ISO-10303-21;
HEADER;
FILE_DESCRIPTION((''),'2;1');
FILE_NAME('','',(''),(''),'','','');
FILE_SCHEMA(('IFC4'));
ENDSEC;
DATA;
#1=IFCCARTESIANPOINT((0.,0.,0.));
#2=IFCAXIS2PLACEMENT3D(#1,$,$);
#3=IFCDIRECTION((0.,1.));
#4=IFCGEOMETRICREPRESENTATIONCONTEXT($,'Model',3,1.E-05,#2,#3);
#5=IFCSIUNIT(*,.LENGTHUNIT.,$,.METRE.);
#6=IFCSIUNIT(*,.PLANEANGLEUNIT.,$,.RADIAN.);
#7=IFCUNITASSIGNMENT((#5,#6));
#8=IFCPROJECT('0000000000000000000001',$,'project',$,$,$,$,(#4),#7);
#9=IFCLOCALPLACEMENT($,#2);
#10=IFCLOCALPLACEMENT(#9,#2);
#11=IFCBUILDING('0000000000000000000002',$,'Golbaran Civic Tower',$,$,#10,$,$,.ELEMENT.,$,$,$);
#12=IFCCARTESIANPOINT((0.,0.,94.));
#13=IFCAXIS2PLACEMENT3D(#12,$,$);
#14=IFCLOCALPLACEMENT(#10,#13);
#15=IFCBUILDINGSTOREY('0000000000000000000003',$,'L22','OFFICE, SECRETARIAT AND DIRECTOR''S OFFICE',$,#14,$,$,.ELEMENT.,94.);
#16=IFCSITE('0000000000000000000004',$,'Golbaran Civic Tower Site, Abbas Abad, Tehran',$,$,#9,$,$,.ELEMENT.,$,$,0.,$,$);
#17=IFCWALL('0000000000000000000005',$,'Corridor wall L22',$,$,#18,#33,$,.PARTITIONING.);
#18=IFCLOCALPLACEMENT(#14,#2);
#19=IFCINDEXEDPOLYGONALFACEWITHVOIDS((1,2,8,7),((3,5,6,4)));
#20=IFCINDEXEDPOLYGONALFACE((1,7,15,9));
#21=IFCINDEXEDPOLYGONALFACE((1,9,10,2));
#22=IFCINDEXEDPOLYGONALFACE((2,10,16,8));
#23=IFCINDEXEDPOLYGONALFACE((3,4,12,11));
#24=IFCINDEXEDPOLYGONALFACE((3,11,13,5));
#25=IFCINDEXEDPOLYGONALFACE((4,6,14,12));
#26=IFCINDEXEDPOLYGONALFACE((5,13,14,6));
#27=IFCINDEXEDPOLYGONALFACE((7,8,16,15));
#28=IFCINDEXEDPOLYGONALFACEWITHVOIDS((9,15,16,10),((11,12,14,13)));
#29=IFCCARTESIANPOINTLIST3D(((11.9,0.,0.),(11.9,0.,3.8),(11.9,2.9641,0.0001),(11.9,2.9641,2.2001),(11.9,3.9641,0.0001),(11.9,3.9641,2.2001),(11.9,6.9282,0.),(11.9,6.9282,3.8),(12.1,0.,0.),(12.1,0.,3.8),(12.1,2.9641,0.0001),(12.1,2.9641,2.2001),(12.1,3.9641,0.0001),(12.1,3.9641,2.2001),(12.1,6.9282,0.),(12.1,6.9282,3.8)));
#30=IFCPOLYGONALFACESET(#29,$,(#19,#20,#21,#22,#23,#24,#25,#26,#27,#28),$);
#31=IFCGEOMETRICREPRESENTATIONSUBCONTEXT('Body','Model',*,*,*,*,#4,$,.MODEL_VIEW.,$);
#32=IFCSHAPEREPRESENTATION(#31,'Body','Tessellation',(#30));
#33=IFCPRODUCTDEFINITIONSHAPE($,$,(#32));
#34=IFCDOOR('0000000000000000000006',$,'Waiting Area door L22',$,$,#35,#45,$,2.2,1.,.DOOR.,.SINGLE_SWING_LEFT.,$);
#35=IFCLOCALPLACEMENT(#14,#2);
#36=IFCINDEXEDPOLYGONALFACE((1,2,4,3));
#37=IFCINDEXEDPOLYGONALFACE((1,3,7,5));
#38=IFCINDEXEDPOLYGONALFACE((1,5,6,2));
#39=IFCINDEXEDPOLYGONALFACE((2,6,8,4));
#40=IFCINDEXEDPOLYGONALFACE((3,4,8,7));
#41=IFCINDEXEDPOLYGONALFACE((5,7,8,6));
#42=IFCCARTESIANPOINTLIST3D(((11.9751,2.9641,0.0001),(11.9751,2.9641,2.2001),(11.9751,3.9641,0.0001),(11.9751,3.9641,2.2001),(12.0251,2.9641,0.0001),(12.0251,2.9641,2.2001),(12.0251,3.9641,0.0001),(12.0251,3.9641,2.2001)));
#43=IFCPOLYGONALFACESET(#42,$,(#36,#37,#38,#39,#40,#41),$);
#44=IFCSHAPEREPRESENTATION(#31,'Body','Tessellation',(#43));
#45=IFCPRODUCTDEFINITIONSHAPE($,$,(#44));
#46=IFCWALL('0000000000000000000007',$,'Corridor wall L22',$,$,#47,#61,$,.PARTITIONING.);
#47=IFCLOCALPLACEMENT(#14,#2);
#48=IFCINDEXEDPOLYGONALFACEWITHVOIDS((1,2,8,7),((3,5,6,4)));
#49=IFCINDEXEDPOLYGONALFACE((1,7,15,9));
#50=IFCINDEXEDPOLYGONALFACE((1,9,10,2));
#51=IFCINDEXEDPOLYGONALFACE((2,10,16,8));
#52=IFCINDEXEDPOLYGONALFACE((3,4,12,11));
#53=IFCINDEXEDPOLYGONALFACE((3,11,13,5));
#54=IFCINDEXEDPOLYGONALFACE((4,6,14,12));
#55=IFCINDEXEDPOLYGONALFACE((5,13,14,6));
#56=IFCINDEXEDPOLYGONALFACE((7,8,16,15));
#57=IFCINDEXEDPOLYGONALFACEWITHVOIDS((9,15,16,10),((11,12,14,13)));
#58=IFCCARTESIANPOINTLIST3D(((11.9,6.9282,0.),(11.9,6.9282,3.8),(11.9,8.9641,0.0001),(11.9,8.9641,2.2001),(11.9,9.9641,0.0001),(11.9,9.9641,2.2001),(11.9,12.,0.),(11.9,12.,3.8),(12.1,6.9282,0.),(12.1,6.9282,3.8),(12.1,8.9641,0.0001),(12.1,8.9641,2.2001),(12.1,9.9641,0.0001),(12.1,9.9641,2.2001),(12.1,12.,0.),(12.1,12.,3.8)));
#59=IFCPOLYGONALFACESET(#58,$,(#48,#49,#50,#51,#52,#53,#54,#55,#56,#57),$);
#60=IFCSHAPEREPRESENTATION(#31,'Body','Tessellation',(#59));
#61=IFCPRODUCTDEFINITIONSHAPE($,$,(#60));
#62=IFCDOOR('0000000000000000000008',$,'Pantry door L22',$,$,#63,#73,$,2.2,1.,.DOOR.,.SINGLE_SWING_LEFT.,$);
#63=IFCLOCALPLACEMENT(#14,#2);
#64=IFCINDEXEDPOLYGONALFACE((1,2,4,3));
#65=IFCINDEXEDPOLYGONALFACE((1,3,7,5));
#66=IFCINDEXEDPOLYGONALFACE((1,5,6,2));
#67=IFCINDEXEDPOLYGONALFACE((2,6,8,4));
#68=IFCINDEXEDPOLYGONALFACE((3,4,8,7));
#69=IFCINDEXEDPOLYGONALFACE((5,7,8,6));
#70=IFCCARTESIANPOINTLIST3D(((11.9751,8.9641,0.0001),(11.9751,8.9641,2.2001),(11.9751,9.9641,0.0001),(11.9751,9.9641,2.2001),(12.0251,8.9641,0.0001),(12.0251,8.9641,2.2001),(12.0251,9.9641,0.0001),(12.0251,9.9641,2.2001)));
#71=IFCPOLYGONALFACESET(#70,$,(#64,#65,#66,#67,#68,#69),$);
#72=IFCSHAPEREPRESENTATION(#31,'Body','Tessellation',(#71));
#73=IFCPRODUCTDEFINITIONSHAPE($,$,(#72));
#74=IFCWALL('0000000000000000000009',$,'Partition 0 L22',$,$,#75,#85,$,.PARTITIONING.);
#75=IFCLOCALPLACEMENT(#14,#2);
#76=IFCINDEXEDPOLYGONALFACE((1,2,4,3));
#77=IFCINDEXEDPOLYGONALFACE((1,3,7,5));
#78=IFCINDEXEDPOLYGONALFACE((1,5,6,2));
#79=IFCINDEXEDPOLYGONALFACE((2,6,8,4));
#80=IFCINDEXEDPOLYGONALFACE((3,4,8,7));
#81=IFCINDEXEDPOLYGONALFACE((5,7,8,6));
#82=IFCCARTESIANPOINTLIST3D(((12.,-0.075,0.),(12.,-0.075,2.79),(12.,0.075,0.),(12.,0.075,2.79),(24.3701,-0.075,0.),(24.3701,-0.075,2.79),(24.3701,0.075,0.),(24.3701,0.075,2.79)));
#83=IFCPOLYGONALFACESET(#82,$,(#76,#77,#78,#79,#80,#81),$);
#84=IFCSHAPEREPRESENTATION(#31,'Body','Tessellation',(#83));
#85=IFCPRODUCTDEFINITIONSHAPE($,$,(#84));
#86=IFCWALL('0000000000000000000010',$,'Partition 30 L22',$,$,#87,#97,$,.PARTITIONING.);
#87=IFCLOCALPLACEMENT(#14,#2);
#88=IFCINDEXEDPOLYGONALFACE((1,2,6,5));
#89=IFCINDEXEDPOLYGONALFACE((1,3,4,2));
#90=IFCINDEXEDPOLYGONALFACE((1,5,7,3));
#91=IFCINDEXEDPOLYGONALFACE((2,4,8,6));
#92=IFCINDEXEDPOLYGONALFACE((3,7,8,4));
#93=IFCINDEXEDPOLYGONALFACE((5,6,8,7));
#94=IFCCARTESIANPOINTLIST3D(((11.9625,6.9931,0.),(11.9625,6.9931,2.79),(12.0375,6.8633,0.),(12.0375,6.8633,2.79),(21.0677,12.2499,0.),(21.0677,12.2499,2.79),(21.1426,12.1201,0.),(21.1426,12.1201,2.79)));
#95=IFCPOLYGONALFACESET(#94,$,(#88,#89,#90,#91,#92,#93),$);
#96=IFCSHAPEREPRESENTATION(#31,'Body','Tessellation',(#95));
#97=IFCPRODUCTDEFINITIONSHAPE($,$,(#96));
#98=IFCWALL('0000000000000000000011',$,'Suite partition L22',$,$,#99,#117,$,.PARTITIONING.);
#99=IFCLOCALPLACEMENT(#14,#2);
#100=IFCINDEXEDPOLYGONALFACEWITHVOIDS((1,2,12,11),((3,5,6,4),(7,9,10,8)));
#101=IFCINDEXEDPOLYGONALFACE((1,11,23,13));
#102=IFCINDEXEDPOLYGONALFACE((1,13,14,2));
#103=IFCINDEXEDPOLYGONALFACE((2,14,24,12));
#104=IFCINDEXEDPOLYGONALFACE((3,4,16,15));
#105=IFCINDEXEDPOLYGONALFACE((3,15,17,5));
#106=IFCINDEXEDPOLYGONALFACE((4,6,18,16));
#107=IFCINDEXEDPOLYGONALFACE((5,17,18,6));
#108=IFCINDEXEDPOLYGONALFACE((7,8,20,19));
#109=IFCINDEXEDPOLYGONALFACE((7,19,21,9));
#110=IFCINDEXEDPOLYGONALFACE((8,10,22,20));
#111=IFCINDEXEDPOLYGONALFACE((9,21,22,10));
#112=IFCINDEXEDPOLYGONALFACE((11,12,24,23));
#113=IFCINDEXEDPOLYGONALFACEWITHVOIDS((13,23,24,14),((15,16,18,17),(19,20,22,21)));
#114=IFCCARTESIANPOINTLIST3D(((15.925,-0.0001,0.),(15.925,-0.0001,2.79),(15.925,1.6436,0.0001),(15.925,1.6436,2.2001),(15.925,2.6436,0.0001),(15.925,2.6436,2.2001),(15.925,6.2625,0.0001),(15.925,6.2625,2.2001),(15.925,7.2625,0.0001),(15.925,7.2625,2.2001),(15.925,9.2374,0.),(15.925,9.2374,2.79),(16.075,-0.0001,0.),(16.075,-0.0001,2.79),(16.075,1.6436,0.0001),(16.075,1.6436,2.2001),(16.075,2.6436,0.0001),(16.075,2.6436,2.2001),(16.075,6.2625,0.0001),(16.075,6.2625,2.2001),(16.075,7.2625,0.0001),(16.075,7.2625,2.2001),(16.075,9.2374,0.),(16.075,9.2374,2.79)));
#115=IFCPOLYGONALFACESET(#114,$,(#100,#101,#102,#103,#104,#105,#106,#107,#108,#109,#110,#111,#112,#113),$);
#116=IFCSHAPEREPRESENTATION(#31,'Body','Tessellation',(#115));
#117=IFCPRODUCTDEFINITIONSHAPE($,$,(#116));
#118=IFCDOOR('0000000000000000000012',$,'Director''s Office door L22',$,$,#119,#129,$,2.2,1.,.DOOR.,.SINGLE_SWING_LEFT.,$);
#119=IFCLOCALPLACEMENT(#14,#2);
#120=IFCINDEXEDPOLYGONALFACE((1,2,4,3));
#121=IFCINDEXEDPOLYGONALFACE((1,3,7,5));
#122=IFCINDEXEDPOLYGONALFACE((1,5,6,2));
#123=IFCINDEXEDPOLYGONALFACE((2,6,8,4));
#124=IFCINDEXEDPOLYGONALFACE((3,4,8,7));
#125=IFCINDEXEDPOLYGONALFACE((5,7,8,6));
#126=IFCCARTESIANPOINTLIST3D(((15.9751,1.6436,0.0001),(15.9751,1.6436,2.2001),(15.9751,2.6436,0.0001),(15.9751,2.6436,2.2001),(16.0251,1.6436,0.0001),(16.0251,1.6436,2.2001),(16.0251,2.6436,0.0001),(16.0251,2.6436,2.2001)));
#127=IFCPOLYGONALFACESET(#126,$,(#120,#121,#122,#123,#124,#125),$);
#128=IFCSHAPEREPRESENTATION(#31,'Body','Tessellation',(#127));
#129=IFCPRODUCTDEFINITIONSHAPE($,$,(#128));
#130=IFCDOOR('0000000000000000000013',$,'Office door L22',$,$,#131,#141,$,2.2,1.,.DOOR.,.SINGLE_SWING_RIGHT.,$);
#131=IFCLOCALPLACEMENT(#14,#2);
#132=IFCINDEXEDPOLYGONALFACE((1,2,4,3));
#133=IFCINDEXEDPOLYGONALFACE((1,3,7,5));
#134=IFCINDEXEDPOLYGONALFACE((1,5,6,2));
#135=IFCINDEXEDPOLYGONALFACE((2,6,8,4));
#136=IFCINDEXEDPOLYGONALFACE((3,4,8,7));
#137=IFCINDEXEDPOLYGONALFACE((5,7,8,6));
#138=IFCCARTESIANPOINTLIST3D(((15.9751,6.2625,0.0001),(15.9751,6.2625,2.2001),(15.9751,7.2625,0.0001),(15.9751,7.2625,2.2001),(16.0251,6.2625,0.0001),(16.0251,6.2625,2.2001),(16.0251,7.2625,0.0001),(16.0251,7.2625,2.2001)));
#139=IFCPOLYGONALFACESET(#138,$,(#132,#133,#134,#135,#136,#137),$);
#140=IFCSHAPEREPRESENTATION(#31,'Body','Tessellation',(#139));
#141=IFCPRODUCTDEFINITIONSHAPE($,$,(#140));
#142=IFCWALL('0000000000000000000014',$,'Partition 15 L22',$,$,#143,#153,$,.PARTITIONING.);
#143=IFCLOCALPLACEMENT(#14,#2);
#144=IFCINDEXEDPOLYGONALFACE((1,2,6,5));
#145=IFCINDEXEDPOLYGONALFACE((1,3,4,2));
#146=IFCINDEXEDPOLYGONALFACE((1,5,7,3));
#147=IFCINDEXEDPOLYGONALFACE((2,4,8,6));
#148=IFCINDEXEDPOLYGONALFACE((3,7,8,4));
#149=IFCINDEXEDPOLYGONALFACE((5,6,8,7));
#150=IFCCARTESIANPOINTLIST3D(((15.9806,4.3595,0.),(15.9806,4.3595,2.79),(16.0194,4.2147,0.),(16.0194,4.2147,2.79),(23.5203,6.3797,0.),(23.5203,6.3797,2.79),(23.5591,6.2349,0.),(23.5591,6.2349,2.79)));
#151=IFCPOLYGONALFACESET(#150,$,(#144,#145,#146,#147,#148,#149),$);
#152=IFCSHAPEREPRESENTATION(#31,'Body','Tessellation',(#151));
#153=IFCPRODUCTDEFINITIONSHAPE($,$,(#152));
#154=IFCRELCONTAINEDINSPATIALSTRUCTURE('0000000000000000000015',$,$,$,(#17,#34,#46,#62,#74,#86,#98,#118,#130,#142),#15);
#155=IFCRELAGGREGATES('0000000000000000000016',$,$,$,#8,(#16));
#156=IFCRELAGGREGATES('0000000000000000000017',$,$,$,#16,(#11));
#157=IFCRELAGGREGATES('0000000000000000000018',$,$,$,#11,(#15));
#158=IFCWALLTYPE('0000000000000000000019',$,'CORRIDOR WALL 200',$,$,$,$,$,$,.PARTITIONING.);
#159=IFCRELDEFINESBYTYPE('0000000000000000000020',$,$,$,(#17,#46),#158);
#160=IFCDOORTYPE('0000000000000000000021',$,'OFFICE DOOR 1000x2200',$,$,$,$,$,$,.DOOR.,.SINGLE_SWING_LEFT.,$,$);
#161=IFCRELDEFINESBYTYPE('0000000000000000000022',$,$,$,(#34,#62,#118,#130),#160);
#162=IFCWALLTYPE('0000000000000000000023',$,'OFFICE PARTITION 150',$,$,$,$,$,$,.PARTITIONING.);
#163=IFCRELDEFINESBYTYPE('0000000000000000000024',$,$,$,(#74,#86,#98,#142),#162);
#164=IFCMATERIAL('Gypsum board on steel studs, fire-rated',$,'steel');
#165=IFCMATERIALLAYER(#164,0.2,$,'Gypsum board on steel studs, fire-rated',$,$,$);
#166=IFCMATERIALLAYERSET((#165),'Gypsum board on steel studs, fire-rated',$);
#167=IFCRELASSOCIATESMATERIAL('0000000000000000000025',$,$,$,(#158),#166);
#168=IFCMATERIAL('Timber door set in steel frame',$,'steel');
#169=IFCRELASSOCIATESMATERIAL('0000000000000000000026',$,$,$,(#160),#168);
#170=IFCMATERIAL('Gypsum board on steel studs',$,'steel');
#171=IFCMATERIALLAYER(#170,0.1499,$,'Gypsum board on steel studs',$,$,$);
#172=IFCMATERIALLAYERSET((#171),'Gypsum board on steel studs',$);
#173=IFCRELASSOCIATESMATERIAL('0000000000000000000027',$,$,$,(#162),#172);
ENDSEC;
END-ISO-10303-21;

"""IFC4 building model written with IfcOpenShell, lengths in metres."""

from ifc_helpers import new_model, si_unit, direction, frame, frame_2d, origin, place, context, subcontext, project, spatial, rectangle, extrude, material, layer, layer_set, type_object, element, fill, save


model = new_model("IFC4")

# Units and contexts
model_context = context("Model", 3, precision=1e-05, world=origin(), true_north=direction((0.0, 1.0)))
body_context = subcontext(model_context, "Body", "Model", "MODEL_VIEW")
ifc_project = project(units=[si_unit("LENGTHUNIT", "METRE"), si_unit("PLANEANGLEUNIT", "RADIAN")], contexts=[model_context])

# Site, building, storey
site_placement = place(None, origin())
site = spatial("IfcSite", under=ifc_project, at=site_placement, Name="Golbaran Civic Tower Site, Abbas Abad, Tehran", CompositionType="ELEMENT", RefElevation=0.0)
building_placement = place(site_placement, origin())
building = spatial("IfcBuilding", under=site, at=building_placement, Name="Golbaran Civic Tower", CompositionType="ELEMENT")
storey_placement = place(building_placement, frame((0.0, 0.0, 94.0)))
storey = spatial("IfcBuildingStorey", under=building, at=storey_placement, Name="L22", Description="OFFICE, SECRETARIAT AND DIRECTOR'S OFFICE", CompositionType="ELEMENT", Elevation=94.0)

# Walls, openings, doors
ifc_material_1 = material(Name="Gypsum board on steel studs, fire-rated", Category="steel")
ifc_layer_1 = layer(ifc_material_1, 0.2, Name="Gypsum board on steel studs, fire-rated")
ifc_layer_set_1 = layer_set([ifc_layer_1], Name="Gypsum board on steel studs, fire-rated")
wall_type_1 = type_object("IfcWallType", Name="CORRIDOR WALL 200", PredefinedType="PARTITIONING", material=ifc_layer_set_1)
wall_1_placement = place(storey_placement, frame((12.0, 0.0, 0.0), z_axis=(0.0, 0.0, 1.0), x_axis=(0.0, 1.0, 0.0)))
wall_1 = element("IfcWall", 1, at=wall_1_placement, inside=storey, type_object=wall_type_1, Name="Corridor wall L22", PredefinedType="PARTITIONING", context=body_context, shape_type="SweptSolid", body=[
    extrude(rectangle(XDim=6.9282, YDim=0.2, at=frame_2d((3.4641, 0.0))), origin(), (0.0, 0.0, 1.0), 3.8),
])
opening_1_placement = place(wall_1_placement, frame((2.9641, 0.0, 0.0)))
opening_1 = element("IfcOpeningElement", 2, at=opening_1_placement, cuts=wall_1, PredefinedType="OPENING", context=body_context, shape_type="SweptSolid", body=[
    extrude(rectangle(XDim=1.0, YDim=2.2, at=frame_2d((0.5, 1.1001))), frame((0.0, 0.1099, 0.0), z_axis=(0.0, -1.0, 0.0), x_axis=(1.0, 0.0, 0.0)), (0.0, 0.0, 1.0), 0.22),
])
ifc_material_2 = material(Name="Timber door set in steel frame", Category="steel")
door_type = type_object("IfcDoorType", Name="OFFICE DOOR 1000x2200", OperationType="SINGLE_SWING_LEFT", PredefinedType="DOOR", material=ifc_material_2)
door_1_placement = place(opening_1_placement, origin())
door_1 = element("IfcDoor", 3, at=door_1_placement, inside=storey, type_object=door_type, Name="Waiting Area door L22", OperationType="SINGLE_SWING_LEFT", OverallHeight=2.2, OverallWidth=1.0, PredefinedType="DOOR", context=body_context, shape_type="SweptSolid", body=[
    extrude(rectangle(XDim=1.0, YDim=2.2, at=frame_2d((0.5, 1.1001))), frame((0.0, 0.0249, 0.0), z_axis=(0.0, -1.0, 0.0), x_axis=(1.0, 0.0, 0.0)), (0.0, 0.0, 1.0), 0.05),
])
fill(opening_1, door_1)
wall_2_placement = place(storey_placement, frame((12.0, 6.9282, 0.0), z_axis=(0.0, 0.0, 1.0), x_axis=(0.0, 1.0, 0.0)))
wall_2 = element("IfcWall", 4, at=wall_2_placement, inside=storey, type_object=wall_type_1, Name="Corridor wall L22", PredefinedType="PARTITIONING", context=body_context, shape_type="SweptSolid", body=[
    extrude(rectangle(XDim=5.0718, YDim=0.2, at=frame_2d((2.5359, 0.0))), origin(), (0.0, 0.0, 1.0), 3.8),
])
opening_2_placement = place(wall_2_placement, frame((2.0359, 0.0, 0.0)))
opening_2 = element("IfcOpeningElement", 5, at=opening_2_placement, cuts=wall_2, PredefinedType="OPENING", context=body_context, shape_type="SweptSolid", body=[
    extrude(rectangle(XDim=1.0, YDim=2.2, at=frame_2d((0.5, 1.1001))), frame((0.0, 0.1099, 0.0), z_axis=(0.0, -1.0, 0.0), x_axis=(1.0, 0.0, 0.0)), (0.0, 0.0, 1.0), 0.22),
])
door_2_placement = place(opening_2_placement, origin())
door_2 = element("IfcDoor", 6, at=door_2_placement, inside=storey, type_object=door_type, Name="Pantry door L22", OperationType="SINGLE_SWING_LEFT", OverallHeight=2.2, OverallWidth=1.0, PredefinedType="DOOR", context=body_context, shape_type="SweptSolid", body=[
    extrude(rectangle(XDim=1.0, YDim=2.2, at=frame_2d((0.5, 1.1001))), frame((0.0, 0.0249, 0.0), z_axis=(0.0, -1.0, 0.0), x_axis=(1.0, 0.0, 0.0)), (0.0, 0.0, 1.0), 0.05),
])
fill(opening_2, door_2)

# Walls
ifc_material_3 = material(Name="Gypsum board on steel studs", Category="steel")
ifc_layer_2 = layer(ifc_material_3, 0.1499, Name="Gypsum board on steel studs")
ifc_layer_set_2 = layer_set([ifc_layer_2], Name="Gypsum board on steel studs")
wall_type_2 = type_object("IfcWallType", Name="OFFICE PARTITION 150", PredefinedType="PARTITIONING", material=ifc_layer_set_2)
wall_3_placement = place(storey_placement, frame((12.0, 0.0, 0.0), z_axis=(0.0, 0.0, 1.0), x_axis=(1.0, 0.0, 0.0)))
element("IfcWall", 7, at=wall_3_placement, inside=storey, type_object=wall_type_2, Name="Partition 0 L22", PredefinedType="PARTITIONING", context=body_context, shape_type="SweptSolid", body=[
    extrude(rectangle(XDim=12.3701, YDim=0.1499, at=frame_2d((6.1851, 0.0))), origin(), (0.0, 0.0, 1.0), 2.79),
])
wall_4_placement = place(storey_placement, frame((12.0, 6.9282, 0.0), z_axis=(0.0, 0.0, 1.0), x_axis=(0.866028, 0.499995, 0.0)))
element("IfcWall", 8, at=wall_4_placement, inside=storey, type_object=wall_type_2, Name="Partition 30 L22", PredefinedType="PARTITIONING", context=body_context, shape_type="SweptSolid", body=[
    extrude(rectangle(XDim=10.5137, YDim=0.1499, at=frame_2d((5.2568, 0.0))), origin(), (0.0, 0.0, 1.0), 2.79),
])

# Wall, openings, doors
wall_5_placement = place(storey_placement, frame((16.0, 0.0, 0.0), z_axis=(0.0, 0.0, 1.0), x_axis=(0.0, 1.0, 0.0)))
wall_5 = element("IfcWall", 9, at=wall_5_placement, inside=storey, type_object=wall_type_2, Name="Suite partition L22", PredefinedType="PARTITIONING", context=body_context, shape_type="SweptSolid", body=[
    extrude(rectangle(XDim=9.2375, YDim=0.1499, at=frame_2d((4.6187, 0.0))), origin(), (0.0, 0.0, 1.0), 2.79),
])
opening_3_placement = place(wall_5_placement, frame((1.6436, 0.0, 0.0)))
opening_3 = element("IfcOpeningElement", 10, at=opening_3_placement, cuts=wall_5, PredefinedType="OPENING", context=body_context, shape_type="SweptSolid", body=[
    extrude(rectangle(XDim=1.0, YDim=2.2, at=frame_2d((0.5, 1.1001))), frame((0.0, 0.085, 0.0), z_axis=(0.0, -1.0, 0.0), x_axis=(1.0, 0.0, 0.0)), (0.0, 0.0, 1.0), 0.1699),
])
opening_4_placement = place(wall_5_placement, frame((6.2625, 0.0, 0.0)))
opening_4 = element("IfcOpeningElement", 11, at=opening_4_placement, cuts=wall_5, PredefinedType="OPENING", context=body_context, shape_type="SweptSolid", body=[
    extrude(rectangle(XDim=1.0, YDim=2.2, at=frame_2d((0.5, 1.1001))), frame((0.0, 0.085, 0.0), z_axis=(0.0, -1.0, 0.0), x_axis=(1.0, 0.0, 0.0)), (0.0, 0.0, 1.0), 0.1699),
])
door_3_placement = place(opening_3_placement, origin())
door_3 = element("IfcDoor", 12, at=door_3_placement, inside=storey, type_object=door_type, Name="Director's Office door L22", OperationType="SINGLE_SWING_LEFT", OverallHeight=2.2, OverallWidth=1.0, PredefinedType="DOOR", context=body_context, shape_type="SweptSolid", body=[
    extrude(rectangle(XDim=1.0, YDim=2.2, at=frame_2d((0.5, 1.1001))), frame((0.0, 0.0249, 0.0), z_axis=(0.0, -1.0, 0.0), x_axis=(1.0, 0.0, 0.0)), (0.0, 0.0, 1.0), 0.05),
])
fill(opening_3, door_3)
door_4_placement = place(opening_4_placement, origin())
door_4 = element("IfcDoor", 13, at=door_4_placement, inside=storey, type_object=door_type, Name="Office door L22", OperationType="SINGLE_SWING_RIGHT", OverallHeight=2.2, OverallWidth=1.0, PredefinedType="DOOR", context=body_context, shape_type="SweptSolid", body=[
    extrude(rectangle(XDim=1.0, YDim=2.2, at=frame_2d((0.5, 1.1001))), frame((0.0, 0.0249, 0.0), z_axis=(0.0, -1.0, 0.0), x_axis=(1.0, 0.0, 0.0)), (0.0, 0.0, 1.0), 0.05),
])
fill(opening_4, door_4)

# Wall
wall_6_placement = place(storey_placement, frame((16.0, 4.2871, 0.0), z_axis=(0.0, 0.0, 1.0), x_axis=(0.965926, 0.258817, 0.0)))
element("IfcWall", 14, at=wall_6_placement, inside=storey, type_object=wall_type_2, Name="Partition 15 L22", PredefinedType="PARTITIONING", context=body_context, shape_type="SweptSolid", body=[
    extrude(rectangle(XDim=7.8057, YDim=0.1499, at=frame_2d((3.9028, 0.0))), origin(), (0.0, 0.0, 1.0), 2.79),
])

save(model, "model.ifc")
